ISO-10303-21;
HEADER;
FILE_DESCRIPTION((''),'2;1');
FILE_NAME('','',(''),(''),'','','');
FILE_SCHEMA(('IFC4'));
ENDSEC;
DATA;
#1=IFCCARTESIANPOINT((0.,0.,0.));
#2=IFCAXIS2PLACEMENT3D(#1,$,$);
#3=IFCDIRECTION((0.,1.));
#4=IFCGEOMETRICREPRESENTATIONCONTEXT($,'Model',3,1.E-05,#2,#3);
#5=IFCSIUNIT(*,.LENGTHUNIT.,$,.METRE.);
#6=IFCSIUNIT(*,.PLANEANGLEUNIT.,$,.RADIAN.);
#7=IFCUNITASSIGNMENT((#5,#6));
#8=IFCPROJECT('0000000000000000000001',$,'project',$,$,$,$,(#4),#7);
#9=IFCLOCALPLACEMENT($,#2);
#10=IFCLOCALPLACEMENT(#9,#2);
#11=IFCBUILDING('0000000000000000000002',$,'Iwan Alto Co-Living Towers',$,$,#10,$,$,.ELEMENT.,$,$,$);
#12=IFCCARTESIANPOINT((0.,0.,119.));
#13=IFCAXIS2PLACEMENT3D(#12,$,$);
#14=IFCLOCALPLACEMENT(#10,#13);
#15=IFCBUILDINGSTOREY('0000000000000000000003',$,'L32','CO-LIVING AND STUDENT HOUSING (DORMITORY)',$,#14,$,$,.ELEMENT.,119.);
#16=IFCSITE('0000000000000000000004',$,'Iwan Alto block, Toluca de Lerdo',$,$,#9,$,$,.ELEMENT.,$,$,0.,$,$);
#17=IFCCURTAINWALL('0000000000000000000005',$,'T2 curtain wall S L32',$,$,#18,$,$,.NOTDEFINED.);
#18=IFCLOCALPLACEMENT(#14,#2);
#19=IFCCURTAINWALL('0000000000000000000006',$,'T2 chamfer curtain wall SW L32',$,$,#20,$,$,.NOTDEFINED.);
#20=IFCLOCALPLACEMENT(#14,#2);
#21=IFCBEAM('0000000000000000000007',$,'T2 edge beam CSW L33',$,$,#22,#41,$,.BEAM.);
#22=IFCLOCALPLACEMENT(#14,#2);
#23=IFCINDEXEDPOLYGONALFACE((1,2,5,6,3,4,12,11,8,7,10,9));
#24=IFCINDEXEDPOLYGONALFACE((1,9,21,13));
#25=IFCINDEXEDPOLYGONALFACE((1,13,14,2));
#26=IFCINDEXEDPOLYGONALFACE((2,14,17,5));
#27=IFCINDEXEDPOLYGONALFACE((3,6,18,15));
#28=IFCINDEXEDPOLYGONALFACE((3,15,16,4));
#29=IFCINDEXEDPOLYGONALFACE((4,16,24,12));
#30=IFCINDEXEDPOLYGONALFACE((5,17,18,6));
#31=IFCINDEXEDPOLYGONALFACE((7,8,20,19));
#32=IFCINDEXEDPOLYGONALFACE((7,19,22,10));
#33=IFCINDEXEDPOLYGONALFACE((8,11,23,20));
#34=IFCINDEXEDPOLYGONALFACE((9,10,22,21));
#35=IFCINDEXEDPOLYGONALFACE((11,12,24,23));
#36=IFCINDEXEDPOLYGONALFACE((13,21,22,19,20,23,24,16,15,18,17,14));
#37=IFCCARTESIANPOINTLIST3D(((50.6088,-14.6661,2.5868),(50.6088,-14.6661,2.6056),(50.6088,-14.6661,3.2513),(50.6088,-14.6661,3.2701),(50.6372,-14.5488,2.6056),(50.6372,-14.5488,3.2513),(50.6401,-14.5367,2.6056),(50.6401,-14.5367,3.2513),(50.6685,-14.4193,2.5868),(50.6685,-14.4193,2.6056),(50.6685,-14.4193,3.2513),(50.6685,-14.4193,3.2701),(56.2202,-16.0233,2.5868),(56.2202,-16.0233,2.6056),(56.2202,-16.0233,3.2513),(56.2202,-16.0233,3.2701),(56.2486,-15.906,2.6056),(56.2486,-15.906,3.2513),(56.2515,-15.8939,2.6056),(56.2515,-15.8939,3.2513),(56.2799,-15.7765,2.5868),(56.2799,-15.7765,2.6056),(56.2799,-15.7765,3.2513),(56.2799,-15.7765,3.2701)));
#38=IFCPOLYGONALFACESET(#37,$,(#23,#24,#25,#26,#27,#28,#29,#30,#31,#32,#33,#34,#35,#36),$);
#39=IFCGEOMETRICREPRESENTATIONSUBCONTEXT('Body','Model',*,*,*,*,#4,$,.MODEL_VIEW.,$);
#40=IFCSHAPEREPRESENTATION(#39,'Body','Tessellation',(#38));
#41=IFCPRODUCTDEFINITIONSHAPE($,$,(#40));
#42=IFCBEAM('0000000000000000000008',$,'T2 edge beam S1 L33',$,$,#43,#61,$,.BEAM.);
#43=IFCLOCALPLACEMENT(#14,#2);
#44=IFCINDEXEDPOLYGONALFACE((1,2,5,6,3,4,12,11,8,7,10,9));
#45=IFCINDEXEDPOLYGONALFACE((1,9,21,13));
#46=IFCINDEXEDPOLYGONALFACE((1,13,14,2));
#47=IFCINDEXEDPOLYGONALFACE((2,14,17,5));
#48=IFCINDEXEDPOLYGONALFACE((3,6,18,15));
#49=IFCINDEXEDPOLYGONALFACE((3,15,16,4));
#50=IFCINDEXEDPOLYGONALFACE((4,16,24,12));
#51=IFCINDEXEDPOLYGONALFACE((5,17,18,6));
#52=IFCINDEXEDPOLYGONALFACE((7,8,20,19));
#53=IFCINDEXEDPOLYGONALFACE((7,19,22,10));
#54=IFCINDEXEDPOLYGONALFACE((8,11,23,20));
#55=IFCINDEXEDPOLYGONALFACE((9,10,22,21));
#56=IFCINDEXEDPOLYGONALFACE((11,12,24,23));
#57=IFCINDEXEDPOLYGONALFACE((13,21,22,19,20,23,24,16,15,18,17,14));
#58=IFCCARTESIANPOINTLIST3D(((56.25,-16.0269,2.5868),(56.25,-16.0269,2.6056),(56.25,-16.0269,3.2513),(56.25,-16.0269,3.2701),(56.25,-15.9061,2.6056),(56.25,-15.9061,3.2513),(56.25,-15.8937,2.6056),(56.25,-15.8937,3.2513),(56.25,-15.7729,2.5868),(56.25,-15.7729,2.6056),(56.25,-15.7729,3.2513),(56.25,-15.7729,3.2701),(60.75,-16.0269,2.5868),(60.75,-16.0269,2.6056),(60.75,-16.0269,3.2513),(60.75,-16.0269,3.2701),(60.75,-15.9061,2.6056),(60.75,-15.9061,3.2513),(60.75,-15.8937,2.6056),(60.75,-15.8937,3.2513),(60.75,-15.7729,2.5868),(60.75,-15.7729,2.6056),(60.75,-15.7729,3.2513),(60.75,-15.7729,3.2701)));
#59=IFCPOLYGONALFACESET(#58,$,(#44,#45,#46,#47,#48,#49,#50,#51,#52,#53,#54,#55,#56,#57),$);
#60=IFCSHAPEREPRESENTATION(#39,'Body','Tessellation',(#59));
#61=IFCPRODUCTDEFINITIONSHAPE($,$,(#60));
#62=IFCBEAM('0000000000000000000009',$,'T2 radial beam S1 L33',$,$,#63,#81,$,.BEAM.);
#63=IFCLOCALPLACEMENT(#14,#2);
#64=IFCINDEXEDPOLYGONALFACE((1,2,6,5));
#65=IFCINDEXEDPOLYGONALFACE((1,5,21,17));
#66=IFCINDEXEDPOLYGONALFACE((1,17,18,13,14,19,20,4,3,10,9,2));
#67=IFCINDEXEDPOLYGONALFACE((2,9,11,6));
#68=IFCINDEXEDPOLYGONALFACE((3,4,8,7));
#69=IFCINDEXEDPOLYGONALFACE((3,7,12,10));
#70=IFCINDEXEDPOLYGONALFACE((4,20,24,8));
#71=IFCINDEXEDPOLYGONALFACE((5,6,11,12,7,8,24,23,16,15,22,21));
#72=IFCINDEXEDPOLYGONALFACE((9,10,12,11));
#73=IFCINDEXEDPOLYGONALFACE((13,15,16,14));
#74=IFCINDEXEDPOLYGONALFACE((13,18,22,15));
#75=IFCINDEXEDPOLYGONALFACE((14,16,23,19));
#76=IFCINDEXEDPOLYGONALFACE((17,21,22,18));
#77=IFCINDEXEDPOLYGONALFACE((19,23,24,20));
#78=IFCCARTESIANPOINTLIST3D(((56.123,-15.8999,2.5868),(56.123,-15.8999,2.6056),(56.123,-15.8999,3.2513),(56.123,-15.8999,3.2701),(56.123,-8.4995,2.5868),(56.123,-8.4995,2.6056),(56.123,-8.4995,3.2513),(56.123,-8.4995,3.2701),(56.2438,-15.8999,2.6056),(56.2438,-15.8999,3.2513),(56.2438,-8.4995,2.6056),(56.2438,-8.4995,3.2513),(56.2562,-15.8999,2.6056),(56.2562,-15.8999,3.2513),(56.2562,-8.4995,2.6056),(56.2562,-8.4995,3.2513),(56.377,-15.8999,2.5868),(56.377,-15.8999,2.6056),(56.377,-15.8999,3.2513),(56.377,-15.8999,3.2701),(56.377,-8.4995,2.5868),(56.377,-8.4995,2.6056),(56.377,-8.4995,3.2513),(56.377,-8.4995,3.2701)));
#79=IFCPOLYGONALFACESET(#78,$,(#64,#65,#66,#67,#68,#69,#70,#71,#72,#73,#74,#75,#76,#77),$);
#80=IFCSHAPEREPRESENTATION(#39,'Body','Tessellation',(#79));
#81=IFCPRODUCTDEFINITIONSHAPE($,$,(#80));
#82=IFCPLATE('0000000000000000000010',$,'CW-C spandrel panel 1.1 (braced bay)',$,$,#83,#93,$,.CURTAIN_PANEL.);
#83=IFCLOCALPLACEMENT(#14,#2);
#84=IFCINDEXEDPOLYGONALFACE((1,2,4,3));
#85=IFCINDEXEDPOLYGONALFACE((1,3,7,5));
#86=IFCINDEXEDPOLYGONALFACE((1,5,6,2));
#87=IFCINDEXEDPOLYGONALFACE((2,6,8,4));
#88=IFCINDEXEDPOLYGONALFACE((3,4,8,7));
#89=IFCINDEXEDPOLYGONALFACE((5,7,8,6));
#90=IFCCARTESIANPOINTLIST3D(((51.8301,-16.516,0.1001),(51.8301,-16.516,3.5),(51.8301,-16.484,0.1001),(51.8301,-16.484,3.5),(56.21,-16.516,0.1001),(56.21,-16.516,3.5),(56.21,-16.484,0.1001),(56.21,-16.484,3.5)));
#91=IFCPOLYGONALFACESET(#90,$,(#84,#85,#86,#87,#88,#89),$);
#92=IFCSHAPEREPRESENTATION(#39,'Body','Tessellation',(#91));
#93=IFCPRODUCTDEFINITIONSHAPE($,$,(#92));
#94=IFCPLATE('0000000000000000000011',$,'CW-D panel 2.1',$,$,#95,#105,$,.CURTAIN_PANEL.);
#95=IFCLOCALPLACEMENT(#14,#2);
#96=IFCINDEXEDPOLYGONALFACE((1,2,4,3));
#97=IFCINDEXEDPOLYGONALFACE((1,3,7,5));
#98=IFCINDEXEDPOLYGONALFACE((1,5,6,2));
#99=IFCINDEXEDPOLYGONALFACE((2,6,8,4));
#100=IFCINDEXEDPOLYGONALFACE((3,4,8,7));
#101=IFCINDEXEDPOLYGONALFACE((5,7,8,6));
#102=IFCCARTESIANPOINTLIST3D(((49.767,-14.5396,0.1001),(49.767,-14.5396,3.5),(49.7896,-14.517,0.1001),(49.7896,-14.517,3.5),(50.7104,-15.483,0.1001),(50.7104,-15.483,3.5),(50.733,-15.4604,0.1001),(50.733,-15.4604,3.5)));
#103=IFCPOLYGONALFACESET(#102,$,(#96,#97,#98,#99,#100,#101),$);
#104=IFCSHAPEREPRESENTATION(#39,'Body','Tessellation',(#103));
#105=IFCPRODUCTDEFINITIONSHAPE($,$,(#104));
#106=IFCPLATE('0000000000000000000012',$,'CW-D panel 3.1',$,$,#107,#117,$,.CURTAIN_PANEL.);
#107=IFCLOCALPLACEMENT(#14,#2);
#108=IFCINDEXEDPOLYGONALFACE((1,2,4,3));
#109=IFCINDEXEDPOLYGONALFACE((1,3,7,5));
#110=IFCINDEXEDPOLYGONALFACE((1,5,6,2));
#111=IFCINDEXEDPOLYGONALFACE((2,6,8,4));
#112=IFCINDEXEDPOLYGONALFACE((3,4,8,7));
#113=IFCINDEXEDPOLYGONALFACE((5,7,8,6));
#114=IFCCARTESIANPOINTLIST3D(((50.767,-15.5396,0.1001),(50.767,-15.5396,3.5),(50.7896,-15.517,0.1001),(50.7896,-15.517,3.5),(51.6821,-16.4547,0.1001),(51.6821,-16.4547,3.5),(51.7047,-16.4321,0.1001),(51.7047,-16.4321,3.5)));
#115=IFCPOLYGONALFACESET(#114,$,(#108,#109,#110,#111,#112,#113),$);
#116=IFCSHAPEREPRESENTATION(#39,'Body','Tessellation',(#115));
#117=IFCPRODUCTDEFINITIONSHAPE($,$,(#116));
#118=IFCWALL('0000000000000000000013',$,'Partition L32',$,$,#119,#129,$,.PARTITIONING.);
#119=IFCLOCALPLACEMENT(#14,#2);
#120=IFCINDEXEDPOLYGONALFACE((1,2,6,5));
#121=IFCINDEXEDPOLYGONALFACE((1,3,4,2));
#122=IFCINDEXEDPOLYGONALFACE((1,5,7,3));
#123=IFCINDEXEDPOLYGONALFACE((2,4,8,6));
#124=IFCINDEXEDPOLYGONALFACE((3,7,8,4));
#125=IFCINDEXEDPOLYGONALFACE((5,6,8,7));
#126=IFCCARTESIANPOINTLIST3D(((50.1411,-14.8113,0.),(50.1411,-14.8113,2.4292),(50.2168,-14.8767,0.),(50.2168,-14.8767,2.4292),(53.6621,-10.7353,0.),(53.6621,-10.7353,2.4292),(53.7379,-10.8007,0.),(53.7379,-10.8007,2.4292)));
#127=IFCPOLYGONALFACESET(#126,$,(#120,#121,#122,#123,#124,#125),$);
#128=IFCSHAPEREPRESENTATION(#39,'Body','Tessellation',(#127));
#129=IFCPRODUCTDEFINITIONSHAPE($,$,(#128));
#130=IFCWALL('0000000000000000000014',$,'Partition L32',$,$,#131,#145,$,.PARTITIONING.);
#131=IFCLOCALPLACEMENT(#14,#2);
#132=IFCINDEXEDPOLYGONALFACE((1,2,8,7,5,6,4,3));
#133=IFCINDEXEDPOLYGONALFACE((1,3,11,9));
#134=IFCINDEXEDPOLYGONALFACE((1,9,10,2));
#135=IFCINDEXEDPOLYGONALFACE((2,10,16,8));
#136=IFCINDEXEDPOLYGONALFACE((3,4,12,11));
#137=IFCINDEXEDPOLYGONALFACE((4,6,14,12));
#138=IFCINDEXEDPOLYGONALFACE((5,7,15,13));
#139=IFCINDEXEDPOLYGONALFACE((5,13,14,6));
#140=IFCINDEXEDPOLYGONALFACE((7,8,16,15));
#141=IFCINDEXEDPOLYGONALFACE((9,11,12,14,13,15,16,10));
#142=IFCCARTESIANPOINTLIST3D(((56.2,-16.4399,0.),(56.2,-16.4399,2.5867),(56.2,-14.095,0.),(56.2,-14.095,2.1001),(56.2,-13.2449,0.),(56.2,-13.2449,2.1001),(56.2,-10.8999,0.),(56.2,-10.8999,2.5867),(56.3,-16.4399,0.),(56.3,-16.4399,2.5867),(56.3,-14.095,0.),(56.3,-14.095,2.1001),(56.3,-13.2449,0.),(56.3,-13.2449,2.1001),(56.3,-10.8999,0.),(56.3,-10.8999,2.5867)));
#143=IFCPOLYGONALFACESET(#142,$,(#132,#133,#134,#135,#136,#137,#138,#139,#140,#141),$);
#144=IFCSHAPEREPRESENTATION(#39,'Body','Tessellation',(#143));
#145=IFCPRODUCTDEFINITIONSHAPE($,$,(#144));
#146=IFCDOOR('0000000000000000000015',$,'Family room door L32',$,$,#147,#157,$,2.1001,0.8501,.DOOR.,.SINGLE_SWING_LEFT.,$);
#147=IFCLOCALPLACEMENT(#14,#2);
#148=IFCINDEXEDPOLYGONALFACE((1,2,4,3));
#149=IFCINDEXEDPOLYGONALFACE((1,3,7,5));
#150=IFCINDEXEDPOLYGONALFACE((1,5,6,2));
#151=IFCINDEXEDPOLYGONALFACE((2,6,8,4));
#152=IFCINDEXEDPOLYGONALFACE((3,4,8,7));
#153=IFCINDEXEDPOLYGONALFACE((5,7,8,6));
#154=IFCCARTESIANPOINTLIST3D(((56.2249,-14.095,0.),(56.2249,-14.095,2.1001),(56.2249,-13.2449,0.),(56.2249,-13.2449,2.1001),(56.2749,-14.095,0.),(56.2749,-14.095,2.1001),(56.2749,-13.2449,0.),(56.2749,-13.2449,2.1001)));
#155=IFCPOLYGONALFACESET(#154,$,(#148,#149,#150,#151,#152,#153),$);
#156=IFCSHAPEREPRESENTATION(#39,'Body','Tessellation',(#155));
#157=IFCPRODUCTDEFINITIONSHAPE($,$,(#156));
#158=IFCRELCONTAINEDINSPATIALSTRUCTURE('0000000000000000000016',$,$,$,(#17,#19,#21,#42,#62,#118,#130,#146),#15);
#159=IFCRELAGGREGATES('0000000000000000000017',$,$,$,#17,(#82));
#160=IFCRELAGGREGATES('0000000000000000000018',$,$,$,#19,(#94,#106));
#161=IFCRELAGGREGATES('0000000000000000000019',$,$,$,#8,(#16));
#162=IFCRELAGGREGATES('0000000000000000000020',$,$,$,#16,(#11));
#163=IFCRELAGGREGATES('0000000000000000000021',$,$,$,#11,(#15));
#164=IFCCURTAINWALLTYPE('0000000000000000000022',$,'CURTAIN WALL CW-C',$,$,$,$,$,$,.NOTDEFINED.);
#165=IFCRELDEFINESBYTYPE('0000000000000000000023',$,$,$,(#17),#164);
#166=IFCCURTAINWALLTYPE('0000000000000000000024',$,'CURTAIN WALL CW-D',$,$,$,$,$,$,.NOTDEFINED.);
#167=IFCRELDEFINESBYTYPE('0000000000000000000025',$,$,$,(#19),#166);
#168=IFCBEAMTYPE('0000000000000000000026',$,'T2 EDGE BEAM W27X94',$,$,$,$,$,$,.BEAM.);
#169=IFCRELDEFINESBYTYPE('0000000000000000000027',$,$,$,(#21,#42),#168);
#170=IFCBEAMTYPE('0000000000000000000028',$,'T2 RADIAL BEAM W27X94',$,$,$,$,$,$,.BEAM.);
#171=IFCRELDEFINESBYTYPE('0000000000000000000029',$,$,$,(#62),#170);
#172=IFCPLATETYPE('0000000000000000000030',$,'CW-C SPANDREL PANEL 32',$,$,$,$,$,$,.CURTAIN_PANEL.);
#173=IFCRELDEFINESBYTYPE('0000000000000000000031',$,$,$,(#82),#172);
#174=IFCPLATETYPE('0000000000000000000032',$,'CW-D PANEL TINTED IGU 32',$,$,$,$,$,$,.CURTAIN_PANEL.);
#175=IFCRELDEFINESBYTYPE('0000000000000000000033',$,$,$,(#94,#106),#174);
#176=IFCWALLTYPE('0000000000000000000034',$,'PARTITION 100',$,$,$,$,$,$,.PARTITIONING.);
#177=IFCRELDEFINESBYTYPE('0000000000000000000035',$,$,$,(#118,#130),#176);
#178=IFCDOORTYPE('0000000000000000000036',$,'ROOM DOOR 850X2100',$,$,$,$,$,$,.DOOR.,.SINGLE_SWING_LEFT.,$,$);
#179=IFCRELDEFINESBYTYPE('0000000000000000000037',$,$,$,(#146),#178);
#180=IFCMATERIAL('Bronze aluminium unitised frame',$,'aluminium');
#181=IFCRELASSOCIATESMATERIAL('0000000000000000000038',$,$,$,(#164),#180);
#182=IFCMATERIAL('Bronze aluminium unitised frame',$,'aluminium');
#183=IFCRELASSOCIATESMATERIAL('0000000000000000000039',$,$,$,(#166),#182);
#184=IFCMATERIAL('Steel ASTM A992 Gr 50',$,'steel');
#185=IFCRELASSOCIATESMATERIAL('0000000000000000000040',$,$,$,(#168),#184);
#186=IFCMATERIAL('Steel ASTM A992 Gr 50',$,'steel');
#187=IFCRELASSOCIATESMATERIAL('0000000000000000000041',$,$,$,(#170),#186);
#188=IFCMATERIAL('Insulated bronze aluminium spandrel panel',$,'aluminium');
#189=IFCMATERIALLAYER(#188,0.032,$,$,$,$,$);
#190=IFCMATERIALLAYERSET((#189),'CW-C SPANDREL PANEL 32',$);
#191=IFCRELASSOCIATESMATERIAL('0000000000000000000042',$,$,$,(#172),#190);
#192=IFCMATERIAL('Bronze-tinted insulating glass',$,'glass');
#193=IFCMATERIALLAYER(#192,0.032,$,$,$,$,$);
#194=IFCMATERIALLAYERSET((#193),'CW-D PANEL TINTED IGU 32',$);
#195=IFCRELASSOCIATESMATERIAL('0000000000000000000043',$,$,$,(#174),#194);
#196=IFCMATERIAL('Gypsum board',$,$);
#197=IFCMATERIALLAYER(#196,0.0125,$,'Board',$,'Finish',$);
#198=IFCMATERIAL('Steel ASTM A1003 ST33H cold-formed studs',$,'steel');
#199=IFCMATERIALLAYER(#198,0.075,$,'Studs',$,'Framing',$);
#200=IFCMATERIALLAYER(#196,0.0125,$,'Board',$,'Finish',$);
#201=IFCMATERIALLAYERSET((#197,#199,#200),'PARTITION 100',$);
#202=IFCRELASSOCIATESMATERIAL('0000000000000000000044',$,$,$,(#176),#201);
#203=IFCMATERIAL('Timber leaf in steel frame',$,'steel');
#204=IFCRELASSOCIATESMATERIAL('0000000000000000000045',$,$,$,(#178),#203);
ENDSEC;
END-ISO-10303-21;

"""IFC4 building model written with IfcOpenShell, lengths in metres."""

from ifc_helpers import new_model, si_unit, direction, frame, frame_2d, origin, origin_2d, place, context, subcontext, project, spatial, rectangle, i_section, extrude, material, layer, layer_set, material_profile, profile_set, type_object, element, fill, aggregate, save


model = new_model("IFC4")

# Units and contexts
model_context = context("Model", 3, precision=1e-05, world=origin(), true_north=direction((0.0, 1.0)))
body_context = subcontext(model_context, "Body", "Model", "MODEL_VIEW")
ifc_project = project(units=[si_unit("LENGTHUNIT", "METRE"), si_unit("PLANEANGLEUNIT", "RADIAN")], contexts=[model_context])

# Site, building, storey
site_placement = place(None, origin())
site = spatial("IfcSite", under=ifc_project, at=site_placement, Name="Iwan Alto block, Toluca de Lerdo", CompositionType="ELEMENT", RefElevation=0.0)
building_placement = place(site_placement, origin())
building = spatial("IfcBuilding", under=site, at=building_placement, Name="Iwan Alto Co-Living Towers", CompositionType="ELEMENT")
storey_placement = place(building_placement, frame((0.0, 0.0, 119.0)))
storey = spatial("IfcBuildingStorey", under=building, at=storey_placement, Name="L32", Description="CO-LIVING AND STUDENT HOUSING (DORMITORY)", CompositionType="ELEMENT", Elevation=119.0)

# Curtain walls
ifc_material_1 = material(Name="Bronze aluminium unitised frame", Category="aluminium")
curtain_wall_type_1 = type_object("IfcCurtainWallType", Name="CURTAIN WALL CW-C", PredefinedType="NOTDEFINED", material=ifc_material_1)
curtain_wall_1_placement = place(storey_placement, origin())
curtain_wall_1 = element("IfcCurtainWall", 1, at=curtain_wall_1_placement, inside=storey, type_object=curtain_wall_type_1, Name="T2 curtain wall S L32", PredefinedType="NOTDEFINED")
ifc_material_2 = material(Name="Bronze aluminium unitised frame", Category="aluminium")
curtain_wall_type_2 = type_object("IfcCurtainWallType", Name="CURTAIN WALL CW-D", PredefinedType="NOTDEFINED", material=ifc_material_2)
curtain_wall_2_placement = place(storey_placement, origin())
curtain_wall_2 = element("IfcCurtainWall", 2, at=curtain_wall_2_placement, inside=storey, type_object=curtain_wall_type_2, Name="T2 chamfer curtain wall SW L32", PredefinedType="NOTDEFINED")

# Beams
ifc_material_3 = material(Name="Steel ASTM A992 Gr 50", Category="steel")
ifc_material_profile_1 = material_profile(ifc_material_3, i_section(OverallWidth=0.2539, OverallDepth=0.6833, WebThickness=0.0125, FlangeThickness=0.0188, at=origin_2d()), Name="W27X94")
ifc_profile_set_1 = profile_set([ifc_material_profile_1], Name="Steel ASTM A992 Gr 50")
beam_type_1 = type_object("IfcBeamType", Name="T2 EDGE BEAM W27X94", PredefinedType="BEAM", material=ifc_profile_set_1)
beam_1_placement = place(storey_placement, frame((50.6387, -14.5427, 2.9285), z_axis=(0.971975, -0.235086, 0.0), x_axis=(0.235086, 0.971975, 0.0)))
element("IfcBeam", 3, at=beam_1_placement, inside=storey, type_object=beam_type_1, Name="T2 edge beam CSW L33", PredefinedType="BEAM", context=body_context, shape_type="SweptSolid", body=[
    extrude(i_section(OverallWidth=0.2539, OverallDepth=0.6833, WebThickness=0.0125, FlangeThickness=0.0188, at=origin_2d()), origin(), (0.0, 0.0, 1.0), 5.7732),
])
beam_2_placement = place(storey_placement, frame((56.25, -15.8999, 2.9285), z_axis=(1.0, 0.0, 0.0), x_axis=(0.0, 1.0, 0.0)))
element("IfcBeam", 4, at=beam_2_placement, inside=storey, type_object=beam_type_1, Name="T2 edge beam S1 L33", PredefinedType="BEAM", context=body_context, shape_type="SweptSolid", body=[
    extrude(i_section(OverallWidth=0.2539, OverallDepth=0.6833, WebThickness=0.0125, FlangeThickness=0.0188, at=origin_2d()), origin(), (0.0, 0.0, 1.0), 4.5),
])
ifc_material_4 = material(Name="Steel ASTM A992 Gr 50", Category="steel")
ifc_material_profile_2 = material_profile(ifc_material_4, i_section(OverallWidth=0.2539, OverallDepth=0.6833, WebThickness=0.0125, FlangeThickness=0.0188, at=origin_2d()), Name="W27X94")
ifc_profile_set_2 = profile_set([ifc_material_profile_2], Name="Steel ASTM A992 Gr 50")
beam_type_2 = type_object("IfcBeamType", Name="T2 RADIAL BEAM W27X94", PredefinedType="BEAM", material=ifc_profile_set_2)
beam_3_placement = place(storey_placement, frame((56.25, -15.8999, 2.9285), z_axis=(0.0, 1.0, 0.0), x_axis=(-1.0, 0.0, 0.0)))
element("IfcBeam", 5, at=beam_3_placement, inside=storey, type_object=beam_type_2, Name="T2 radial beam S1 L33", PredefinedType="BEAM", context=body_context, shape_type="SweptSolid", body=[
    extrude(i_section(OverallWidth=0.2539, OverallDepth=0.6833, WebThickness=0.0125, FlangeThickness=0.0188, at=origin_2d()), origin(), (0.0, 0.0, 1.0), 7.4004),
])

# Plates
ifc_material_5 = material(Name="Insulated bronze aluminium spandrel panel", Category="aluminium")
ifc_layer_1 = layer(ifc_material_5, 0.032)
ifc_layer_set_1 = layer_set([ifc_layer_1], Name="CW-C SPANDREL PANEL 32")
plate_type_1 = type_object("IfcPlateType", Name="CW-C SPANDREL PANEL 32", PredefinedType="CURTAIN_PANEL", material=ifc_layer_set_1)
plate_1_placement = place(storey_placement, frame((54.02, -16.5, 0.1001), z_axis=(0.0, 0.0, 1.0), x_axis=(1.0, 0.0, 0.0)))
plate_1 = element("IfcPlate", 6, at=plate_1_placement, type_object=plate_type_1, Name="CW-C spandrel panel 1.1 (braced bay)", PredefinedType="CURTAIN_PANEL", context=body_context, shape_type="SweptSolid", body=[
    extrude(rectangle(XDim=4.3799, YDim=0.032, at=origin_2d()), origin(), (0.0, 0.0, 1.0), 3.3999),
])
aggregate(curtain_wall_1, [plate_1])
ifc_material_6 = material(Name="Bronze-tinted insulating glass", Category="glass")
ifc_layer_2 = layer(ifc_material_6, 0.032)
ifc_layer_set_2 = layer_set([ifc_layer_2], Name="CW-D PANEL TINTED IGU 32")
plate_type_2 = type_object("IfcPlateType", Name="CW-D PANEL TINTED IGU 32", PredefinedType="CURTAIN_PANEL", material=ifc_layer_set_2)
plate_2_placement = place(storey_placement, frame((50.25, -15.0, 0.1001), z_axis=(0.0, 0.0, 1.0), x_axis=(0.707107, -0.707107, 0.0)))
plate_2 = element("IfcPlate", 7, at=plate_2_placement, type_object=plate_type_2, Name="CW-D panel 2.1", PredefinedType="CURTAIN_PANEL", context=body_context, shape_type="SweptSolid", body=[
    extrude(rectangle(XDim=1.3342, YDim=0.032, at=origin_2d()), origin(), (0.0, 0.0, 1.0), 3.3999),
])
plate_3_placement = place(storey_placement, frame((51.2358, -15.9858, 0.1001), z_axis=(0.0, 0.0, 1.0), x_axis=(0.707107, -0.707107, 0.0)))
plate_3 = element("IfcPlate", 8, at=plate_3_placement, type_object=plate_type_2, Name="CW-D panel 3.1", PredefinedType="CURTAIN_PANEL", context=body_context, shape_type="SweptSolid", body=[
    extrude(rectangle(XDim=1.2942, YDim=0.032, at=origin_2d()), origin(), (0.0, 0.0, 1.0), 3.3999),
])
aggregate(curtain_wall_2, [plate_2, plate_3])

# Wall
ifc_material_7 = material(Name="Gypsum board")
ifc_layer_3 = layer(ifc_material_7, 0.0125, Name="Board", Category="Finish")
ifc_material_8 = material(Name="Steel ASTM A1003 ST33H cold-formed studs", Category="steel")
ifc_layer_4 = layer(ifc_material_8, 0.075, Name="Studs", Category="Framing")
ifc_layer_5 = layer(ifc_material_7, 0.0125, Name="Board", Category="Finish")
ifc_layer_set_3 = layer_set([ifc_layer_3, ifc_layer_4, ifc_layer_5], Name="PARTITION 100")
wall_type = type_object("IfcWallType", Name="PARTITION 100", PredefinedType="PARTITIONING", material=ifc_layer_set_3)
wall_1_placement = place(storey_placement, frame((50.179, -14.844, 0.0), z_axis=(0.0, 0.0, 1.0), x_axis=(0.653713, 0.756742, 0.0)))
element("IfcWall", 9, at=wall_1_placement, inside=storey, type_object=wall_type, Name="Partition L32", PredefinedType="PARTITIONING", context=body_context, shape_type="SweptSolid", body=[
    extrude(rectangle(XDim=5.3862, YDim=0.1001, at=frame_2d((2.6931, 0.0))), origin(), (0.0, 0.0, 1.0), 2.4292),
])

# Wall, opening, door
wall_2_placement = place(storey_placement, frame((56.25, -16.4399, 0.0), z_axis=(0.0, 0.0, 1.0), x_axis=(0.0, 1.0, 0.0)))
wall_2 = element("IfcWall", 10, at=wall_2_placement, inside=storey, type_object=wall_type, Name="Partition L32", PredefinedType="PARTITIONING", context=body_context, shape_type="SweptSolid", body=[
    extrude(rectangle(XDim=5.54, YDim=0.1001, at=frame_2d((2.77, 0.0))), origin(), (0.0, 0.0, 1.0), 2.5867),
])
opening_placement = place(wall_2_placement, frame((2.345, 0.0, 0.0)))
opening = element("IfcOpeningElement", 11, at=opening_placement, cuts=wall_2, PredefinedType="OPENING", context=body_context, shape_type="SweptSolid", body=[
    extrude(rectangle(XDim=0.8501, YDim=2.1001, at=frame_2d((0.425, 1.05))), frame((0.0, 0.0601, 0.0), z_axis=(0.0, -1.0, 0.0), x_axis=(1.0, 0.0, 0.0)), (0.0, 0.0, 1.0), 0.1201),
])
ifc_material_9 = material(Name="Timber leaf in steel frame", Category="steel")
door_type = type_object("IfcDoorType", Name="ROOM DOOR 850X2100", OperationType="SINGLE_SWING_LEFT", PredefinedType="DOOR", material=ifc_material_9)
door_placement = place(opening_placement, frame((0.8501, 0.0, 0.0), z_axis=(0.0, 0.0, 1.0), x_axis=(-1.0, 0.0, 0.0)))
door = element("IfcDoor", 12, at=door_placement, inside=storey, type_object=door_type, Name="Family room door L32", OperationType="SINGLE_SWING_LEFT", OverallHeight=2.1001, OverallWidth=0.8501, PredefinedType="DOOR", context=body_context, shape_type="SweptSolid", body=[
    extrude(rectangle(XDim=0.8501, YDim=2.1001, at=frame_2d((0.425, 1.05))), frame((0.0, 0.0249, 0.0), z_axis=(0.0, -1.0, 0.0), x_axis=(1.0, 0.0, 0.0)), (0.0, 0.0, 1.0), 0.05),
])
fill(opening, door)

save(model, "model.ifc")
